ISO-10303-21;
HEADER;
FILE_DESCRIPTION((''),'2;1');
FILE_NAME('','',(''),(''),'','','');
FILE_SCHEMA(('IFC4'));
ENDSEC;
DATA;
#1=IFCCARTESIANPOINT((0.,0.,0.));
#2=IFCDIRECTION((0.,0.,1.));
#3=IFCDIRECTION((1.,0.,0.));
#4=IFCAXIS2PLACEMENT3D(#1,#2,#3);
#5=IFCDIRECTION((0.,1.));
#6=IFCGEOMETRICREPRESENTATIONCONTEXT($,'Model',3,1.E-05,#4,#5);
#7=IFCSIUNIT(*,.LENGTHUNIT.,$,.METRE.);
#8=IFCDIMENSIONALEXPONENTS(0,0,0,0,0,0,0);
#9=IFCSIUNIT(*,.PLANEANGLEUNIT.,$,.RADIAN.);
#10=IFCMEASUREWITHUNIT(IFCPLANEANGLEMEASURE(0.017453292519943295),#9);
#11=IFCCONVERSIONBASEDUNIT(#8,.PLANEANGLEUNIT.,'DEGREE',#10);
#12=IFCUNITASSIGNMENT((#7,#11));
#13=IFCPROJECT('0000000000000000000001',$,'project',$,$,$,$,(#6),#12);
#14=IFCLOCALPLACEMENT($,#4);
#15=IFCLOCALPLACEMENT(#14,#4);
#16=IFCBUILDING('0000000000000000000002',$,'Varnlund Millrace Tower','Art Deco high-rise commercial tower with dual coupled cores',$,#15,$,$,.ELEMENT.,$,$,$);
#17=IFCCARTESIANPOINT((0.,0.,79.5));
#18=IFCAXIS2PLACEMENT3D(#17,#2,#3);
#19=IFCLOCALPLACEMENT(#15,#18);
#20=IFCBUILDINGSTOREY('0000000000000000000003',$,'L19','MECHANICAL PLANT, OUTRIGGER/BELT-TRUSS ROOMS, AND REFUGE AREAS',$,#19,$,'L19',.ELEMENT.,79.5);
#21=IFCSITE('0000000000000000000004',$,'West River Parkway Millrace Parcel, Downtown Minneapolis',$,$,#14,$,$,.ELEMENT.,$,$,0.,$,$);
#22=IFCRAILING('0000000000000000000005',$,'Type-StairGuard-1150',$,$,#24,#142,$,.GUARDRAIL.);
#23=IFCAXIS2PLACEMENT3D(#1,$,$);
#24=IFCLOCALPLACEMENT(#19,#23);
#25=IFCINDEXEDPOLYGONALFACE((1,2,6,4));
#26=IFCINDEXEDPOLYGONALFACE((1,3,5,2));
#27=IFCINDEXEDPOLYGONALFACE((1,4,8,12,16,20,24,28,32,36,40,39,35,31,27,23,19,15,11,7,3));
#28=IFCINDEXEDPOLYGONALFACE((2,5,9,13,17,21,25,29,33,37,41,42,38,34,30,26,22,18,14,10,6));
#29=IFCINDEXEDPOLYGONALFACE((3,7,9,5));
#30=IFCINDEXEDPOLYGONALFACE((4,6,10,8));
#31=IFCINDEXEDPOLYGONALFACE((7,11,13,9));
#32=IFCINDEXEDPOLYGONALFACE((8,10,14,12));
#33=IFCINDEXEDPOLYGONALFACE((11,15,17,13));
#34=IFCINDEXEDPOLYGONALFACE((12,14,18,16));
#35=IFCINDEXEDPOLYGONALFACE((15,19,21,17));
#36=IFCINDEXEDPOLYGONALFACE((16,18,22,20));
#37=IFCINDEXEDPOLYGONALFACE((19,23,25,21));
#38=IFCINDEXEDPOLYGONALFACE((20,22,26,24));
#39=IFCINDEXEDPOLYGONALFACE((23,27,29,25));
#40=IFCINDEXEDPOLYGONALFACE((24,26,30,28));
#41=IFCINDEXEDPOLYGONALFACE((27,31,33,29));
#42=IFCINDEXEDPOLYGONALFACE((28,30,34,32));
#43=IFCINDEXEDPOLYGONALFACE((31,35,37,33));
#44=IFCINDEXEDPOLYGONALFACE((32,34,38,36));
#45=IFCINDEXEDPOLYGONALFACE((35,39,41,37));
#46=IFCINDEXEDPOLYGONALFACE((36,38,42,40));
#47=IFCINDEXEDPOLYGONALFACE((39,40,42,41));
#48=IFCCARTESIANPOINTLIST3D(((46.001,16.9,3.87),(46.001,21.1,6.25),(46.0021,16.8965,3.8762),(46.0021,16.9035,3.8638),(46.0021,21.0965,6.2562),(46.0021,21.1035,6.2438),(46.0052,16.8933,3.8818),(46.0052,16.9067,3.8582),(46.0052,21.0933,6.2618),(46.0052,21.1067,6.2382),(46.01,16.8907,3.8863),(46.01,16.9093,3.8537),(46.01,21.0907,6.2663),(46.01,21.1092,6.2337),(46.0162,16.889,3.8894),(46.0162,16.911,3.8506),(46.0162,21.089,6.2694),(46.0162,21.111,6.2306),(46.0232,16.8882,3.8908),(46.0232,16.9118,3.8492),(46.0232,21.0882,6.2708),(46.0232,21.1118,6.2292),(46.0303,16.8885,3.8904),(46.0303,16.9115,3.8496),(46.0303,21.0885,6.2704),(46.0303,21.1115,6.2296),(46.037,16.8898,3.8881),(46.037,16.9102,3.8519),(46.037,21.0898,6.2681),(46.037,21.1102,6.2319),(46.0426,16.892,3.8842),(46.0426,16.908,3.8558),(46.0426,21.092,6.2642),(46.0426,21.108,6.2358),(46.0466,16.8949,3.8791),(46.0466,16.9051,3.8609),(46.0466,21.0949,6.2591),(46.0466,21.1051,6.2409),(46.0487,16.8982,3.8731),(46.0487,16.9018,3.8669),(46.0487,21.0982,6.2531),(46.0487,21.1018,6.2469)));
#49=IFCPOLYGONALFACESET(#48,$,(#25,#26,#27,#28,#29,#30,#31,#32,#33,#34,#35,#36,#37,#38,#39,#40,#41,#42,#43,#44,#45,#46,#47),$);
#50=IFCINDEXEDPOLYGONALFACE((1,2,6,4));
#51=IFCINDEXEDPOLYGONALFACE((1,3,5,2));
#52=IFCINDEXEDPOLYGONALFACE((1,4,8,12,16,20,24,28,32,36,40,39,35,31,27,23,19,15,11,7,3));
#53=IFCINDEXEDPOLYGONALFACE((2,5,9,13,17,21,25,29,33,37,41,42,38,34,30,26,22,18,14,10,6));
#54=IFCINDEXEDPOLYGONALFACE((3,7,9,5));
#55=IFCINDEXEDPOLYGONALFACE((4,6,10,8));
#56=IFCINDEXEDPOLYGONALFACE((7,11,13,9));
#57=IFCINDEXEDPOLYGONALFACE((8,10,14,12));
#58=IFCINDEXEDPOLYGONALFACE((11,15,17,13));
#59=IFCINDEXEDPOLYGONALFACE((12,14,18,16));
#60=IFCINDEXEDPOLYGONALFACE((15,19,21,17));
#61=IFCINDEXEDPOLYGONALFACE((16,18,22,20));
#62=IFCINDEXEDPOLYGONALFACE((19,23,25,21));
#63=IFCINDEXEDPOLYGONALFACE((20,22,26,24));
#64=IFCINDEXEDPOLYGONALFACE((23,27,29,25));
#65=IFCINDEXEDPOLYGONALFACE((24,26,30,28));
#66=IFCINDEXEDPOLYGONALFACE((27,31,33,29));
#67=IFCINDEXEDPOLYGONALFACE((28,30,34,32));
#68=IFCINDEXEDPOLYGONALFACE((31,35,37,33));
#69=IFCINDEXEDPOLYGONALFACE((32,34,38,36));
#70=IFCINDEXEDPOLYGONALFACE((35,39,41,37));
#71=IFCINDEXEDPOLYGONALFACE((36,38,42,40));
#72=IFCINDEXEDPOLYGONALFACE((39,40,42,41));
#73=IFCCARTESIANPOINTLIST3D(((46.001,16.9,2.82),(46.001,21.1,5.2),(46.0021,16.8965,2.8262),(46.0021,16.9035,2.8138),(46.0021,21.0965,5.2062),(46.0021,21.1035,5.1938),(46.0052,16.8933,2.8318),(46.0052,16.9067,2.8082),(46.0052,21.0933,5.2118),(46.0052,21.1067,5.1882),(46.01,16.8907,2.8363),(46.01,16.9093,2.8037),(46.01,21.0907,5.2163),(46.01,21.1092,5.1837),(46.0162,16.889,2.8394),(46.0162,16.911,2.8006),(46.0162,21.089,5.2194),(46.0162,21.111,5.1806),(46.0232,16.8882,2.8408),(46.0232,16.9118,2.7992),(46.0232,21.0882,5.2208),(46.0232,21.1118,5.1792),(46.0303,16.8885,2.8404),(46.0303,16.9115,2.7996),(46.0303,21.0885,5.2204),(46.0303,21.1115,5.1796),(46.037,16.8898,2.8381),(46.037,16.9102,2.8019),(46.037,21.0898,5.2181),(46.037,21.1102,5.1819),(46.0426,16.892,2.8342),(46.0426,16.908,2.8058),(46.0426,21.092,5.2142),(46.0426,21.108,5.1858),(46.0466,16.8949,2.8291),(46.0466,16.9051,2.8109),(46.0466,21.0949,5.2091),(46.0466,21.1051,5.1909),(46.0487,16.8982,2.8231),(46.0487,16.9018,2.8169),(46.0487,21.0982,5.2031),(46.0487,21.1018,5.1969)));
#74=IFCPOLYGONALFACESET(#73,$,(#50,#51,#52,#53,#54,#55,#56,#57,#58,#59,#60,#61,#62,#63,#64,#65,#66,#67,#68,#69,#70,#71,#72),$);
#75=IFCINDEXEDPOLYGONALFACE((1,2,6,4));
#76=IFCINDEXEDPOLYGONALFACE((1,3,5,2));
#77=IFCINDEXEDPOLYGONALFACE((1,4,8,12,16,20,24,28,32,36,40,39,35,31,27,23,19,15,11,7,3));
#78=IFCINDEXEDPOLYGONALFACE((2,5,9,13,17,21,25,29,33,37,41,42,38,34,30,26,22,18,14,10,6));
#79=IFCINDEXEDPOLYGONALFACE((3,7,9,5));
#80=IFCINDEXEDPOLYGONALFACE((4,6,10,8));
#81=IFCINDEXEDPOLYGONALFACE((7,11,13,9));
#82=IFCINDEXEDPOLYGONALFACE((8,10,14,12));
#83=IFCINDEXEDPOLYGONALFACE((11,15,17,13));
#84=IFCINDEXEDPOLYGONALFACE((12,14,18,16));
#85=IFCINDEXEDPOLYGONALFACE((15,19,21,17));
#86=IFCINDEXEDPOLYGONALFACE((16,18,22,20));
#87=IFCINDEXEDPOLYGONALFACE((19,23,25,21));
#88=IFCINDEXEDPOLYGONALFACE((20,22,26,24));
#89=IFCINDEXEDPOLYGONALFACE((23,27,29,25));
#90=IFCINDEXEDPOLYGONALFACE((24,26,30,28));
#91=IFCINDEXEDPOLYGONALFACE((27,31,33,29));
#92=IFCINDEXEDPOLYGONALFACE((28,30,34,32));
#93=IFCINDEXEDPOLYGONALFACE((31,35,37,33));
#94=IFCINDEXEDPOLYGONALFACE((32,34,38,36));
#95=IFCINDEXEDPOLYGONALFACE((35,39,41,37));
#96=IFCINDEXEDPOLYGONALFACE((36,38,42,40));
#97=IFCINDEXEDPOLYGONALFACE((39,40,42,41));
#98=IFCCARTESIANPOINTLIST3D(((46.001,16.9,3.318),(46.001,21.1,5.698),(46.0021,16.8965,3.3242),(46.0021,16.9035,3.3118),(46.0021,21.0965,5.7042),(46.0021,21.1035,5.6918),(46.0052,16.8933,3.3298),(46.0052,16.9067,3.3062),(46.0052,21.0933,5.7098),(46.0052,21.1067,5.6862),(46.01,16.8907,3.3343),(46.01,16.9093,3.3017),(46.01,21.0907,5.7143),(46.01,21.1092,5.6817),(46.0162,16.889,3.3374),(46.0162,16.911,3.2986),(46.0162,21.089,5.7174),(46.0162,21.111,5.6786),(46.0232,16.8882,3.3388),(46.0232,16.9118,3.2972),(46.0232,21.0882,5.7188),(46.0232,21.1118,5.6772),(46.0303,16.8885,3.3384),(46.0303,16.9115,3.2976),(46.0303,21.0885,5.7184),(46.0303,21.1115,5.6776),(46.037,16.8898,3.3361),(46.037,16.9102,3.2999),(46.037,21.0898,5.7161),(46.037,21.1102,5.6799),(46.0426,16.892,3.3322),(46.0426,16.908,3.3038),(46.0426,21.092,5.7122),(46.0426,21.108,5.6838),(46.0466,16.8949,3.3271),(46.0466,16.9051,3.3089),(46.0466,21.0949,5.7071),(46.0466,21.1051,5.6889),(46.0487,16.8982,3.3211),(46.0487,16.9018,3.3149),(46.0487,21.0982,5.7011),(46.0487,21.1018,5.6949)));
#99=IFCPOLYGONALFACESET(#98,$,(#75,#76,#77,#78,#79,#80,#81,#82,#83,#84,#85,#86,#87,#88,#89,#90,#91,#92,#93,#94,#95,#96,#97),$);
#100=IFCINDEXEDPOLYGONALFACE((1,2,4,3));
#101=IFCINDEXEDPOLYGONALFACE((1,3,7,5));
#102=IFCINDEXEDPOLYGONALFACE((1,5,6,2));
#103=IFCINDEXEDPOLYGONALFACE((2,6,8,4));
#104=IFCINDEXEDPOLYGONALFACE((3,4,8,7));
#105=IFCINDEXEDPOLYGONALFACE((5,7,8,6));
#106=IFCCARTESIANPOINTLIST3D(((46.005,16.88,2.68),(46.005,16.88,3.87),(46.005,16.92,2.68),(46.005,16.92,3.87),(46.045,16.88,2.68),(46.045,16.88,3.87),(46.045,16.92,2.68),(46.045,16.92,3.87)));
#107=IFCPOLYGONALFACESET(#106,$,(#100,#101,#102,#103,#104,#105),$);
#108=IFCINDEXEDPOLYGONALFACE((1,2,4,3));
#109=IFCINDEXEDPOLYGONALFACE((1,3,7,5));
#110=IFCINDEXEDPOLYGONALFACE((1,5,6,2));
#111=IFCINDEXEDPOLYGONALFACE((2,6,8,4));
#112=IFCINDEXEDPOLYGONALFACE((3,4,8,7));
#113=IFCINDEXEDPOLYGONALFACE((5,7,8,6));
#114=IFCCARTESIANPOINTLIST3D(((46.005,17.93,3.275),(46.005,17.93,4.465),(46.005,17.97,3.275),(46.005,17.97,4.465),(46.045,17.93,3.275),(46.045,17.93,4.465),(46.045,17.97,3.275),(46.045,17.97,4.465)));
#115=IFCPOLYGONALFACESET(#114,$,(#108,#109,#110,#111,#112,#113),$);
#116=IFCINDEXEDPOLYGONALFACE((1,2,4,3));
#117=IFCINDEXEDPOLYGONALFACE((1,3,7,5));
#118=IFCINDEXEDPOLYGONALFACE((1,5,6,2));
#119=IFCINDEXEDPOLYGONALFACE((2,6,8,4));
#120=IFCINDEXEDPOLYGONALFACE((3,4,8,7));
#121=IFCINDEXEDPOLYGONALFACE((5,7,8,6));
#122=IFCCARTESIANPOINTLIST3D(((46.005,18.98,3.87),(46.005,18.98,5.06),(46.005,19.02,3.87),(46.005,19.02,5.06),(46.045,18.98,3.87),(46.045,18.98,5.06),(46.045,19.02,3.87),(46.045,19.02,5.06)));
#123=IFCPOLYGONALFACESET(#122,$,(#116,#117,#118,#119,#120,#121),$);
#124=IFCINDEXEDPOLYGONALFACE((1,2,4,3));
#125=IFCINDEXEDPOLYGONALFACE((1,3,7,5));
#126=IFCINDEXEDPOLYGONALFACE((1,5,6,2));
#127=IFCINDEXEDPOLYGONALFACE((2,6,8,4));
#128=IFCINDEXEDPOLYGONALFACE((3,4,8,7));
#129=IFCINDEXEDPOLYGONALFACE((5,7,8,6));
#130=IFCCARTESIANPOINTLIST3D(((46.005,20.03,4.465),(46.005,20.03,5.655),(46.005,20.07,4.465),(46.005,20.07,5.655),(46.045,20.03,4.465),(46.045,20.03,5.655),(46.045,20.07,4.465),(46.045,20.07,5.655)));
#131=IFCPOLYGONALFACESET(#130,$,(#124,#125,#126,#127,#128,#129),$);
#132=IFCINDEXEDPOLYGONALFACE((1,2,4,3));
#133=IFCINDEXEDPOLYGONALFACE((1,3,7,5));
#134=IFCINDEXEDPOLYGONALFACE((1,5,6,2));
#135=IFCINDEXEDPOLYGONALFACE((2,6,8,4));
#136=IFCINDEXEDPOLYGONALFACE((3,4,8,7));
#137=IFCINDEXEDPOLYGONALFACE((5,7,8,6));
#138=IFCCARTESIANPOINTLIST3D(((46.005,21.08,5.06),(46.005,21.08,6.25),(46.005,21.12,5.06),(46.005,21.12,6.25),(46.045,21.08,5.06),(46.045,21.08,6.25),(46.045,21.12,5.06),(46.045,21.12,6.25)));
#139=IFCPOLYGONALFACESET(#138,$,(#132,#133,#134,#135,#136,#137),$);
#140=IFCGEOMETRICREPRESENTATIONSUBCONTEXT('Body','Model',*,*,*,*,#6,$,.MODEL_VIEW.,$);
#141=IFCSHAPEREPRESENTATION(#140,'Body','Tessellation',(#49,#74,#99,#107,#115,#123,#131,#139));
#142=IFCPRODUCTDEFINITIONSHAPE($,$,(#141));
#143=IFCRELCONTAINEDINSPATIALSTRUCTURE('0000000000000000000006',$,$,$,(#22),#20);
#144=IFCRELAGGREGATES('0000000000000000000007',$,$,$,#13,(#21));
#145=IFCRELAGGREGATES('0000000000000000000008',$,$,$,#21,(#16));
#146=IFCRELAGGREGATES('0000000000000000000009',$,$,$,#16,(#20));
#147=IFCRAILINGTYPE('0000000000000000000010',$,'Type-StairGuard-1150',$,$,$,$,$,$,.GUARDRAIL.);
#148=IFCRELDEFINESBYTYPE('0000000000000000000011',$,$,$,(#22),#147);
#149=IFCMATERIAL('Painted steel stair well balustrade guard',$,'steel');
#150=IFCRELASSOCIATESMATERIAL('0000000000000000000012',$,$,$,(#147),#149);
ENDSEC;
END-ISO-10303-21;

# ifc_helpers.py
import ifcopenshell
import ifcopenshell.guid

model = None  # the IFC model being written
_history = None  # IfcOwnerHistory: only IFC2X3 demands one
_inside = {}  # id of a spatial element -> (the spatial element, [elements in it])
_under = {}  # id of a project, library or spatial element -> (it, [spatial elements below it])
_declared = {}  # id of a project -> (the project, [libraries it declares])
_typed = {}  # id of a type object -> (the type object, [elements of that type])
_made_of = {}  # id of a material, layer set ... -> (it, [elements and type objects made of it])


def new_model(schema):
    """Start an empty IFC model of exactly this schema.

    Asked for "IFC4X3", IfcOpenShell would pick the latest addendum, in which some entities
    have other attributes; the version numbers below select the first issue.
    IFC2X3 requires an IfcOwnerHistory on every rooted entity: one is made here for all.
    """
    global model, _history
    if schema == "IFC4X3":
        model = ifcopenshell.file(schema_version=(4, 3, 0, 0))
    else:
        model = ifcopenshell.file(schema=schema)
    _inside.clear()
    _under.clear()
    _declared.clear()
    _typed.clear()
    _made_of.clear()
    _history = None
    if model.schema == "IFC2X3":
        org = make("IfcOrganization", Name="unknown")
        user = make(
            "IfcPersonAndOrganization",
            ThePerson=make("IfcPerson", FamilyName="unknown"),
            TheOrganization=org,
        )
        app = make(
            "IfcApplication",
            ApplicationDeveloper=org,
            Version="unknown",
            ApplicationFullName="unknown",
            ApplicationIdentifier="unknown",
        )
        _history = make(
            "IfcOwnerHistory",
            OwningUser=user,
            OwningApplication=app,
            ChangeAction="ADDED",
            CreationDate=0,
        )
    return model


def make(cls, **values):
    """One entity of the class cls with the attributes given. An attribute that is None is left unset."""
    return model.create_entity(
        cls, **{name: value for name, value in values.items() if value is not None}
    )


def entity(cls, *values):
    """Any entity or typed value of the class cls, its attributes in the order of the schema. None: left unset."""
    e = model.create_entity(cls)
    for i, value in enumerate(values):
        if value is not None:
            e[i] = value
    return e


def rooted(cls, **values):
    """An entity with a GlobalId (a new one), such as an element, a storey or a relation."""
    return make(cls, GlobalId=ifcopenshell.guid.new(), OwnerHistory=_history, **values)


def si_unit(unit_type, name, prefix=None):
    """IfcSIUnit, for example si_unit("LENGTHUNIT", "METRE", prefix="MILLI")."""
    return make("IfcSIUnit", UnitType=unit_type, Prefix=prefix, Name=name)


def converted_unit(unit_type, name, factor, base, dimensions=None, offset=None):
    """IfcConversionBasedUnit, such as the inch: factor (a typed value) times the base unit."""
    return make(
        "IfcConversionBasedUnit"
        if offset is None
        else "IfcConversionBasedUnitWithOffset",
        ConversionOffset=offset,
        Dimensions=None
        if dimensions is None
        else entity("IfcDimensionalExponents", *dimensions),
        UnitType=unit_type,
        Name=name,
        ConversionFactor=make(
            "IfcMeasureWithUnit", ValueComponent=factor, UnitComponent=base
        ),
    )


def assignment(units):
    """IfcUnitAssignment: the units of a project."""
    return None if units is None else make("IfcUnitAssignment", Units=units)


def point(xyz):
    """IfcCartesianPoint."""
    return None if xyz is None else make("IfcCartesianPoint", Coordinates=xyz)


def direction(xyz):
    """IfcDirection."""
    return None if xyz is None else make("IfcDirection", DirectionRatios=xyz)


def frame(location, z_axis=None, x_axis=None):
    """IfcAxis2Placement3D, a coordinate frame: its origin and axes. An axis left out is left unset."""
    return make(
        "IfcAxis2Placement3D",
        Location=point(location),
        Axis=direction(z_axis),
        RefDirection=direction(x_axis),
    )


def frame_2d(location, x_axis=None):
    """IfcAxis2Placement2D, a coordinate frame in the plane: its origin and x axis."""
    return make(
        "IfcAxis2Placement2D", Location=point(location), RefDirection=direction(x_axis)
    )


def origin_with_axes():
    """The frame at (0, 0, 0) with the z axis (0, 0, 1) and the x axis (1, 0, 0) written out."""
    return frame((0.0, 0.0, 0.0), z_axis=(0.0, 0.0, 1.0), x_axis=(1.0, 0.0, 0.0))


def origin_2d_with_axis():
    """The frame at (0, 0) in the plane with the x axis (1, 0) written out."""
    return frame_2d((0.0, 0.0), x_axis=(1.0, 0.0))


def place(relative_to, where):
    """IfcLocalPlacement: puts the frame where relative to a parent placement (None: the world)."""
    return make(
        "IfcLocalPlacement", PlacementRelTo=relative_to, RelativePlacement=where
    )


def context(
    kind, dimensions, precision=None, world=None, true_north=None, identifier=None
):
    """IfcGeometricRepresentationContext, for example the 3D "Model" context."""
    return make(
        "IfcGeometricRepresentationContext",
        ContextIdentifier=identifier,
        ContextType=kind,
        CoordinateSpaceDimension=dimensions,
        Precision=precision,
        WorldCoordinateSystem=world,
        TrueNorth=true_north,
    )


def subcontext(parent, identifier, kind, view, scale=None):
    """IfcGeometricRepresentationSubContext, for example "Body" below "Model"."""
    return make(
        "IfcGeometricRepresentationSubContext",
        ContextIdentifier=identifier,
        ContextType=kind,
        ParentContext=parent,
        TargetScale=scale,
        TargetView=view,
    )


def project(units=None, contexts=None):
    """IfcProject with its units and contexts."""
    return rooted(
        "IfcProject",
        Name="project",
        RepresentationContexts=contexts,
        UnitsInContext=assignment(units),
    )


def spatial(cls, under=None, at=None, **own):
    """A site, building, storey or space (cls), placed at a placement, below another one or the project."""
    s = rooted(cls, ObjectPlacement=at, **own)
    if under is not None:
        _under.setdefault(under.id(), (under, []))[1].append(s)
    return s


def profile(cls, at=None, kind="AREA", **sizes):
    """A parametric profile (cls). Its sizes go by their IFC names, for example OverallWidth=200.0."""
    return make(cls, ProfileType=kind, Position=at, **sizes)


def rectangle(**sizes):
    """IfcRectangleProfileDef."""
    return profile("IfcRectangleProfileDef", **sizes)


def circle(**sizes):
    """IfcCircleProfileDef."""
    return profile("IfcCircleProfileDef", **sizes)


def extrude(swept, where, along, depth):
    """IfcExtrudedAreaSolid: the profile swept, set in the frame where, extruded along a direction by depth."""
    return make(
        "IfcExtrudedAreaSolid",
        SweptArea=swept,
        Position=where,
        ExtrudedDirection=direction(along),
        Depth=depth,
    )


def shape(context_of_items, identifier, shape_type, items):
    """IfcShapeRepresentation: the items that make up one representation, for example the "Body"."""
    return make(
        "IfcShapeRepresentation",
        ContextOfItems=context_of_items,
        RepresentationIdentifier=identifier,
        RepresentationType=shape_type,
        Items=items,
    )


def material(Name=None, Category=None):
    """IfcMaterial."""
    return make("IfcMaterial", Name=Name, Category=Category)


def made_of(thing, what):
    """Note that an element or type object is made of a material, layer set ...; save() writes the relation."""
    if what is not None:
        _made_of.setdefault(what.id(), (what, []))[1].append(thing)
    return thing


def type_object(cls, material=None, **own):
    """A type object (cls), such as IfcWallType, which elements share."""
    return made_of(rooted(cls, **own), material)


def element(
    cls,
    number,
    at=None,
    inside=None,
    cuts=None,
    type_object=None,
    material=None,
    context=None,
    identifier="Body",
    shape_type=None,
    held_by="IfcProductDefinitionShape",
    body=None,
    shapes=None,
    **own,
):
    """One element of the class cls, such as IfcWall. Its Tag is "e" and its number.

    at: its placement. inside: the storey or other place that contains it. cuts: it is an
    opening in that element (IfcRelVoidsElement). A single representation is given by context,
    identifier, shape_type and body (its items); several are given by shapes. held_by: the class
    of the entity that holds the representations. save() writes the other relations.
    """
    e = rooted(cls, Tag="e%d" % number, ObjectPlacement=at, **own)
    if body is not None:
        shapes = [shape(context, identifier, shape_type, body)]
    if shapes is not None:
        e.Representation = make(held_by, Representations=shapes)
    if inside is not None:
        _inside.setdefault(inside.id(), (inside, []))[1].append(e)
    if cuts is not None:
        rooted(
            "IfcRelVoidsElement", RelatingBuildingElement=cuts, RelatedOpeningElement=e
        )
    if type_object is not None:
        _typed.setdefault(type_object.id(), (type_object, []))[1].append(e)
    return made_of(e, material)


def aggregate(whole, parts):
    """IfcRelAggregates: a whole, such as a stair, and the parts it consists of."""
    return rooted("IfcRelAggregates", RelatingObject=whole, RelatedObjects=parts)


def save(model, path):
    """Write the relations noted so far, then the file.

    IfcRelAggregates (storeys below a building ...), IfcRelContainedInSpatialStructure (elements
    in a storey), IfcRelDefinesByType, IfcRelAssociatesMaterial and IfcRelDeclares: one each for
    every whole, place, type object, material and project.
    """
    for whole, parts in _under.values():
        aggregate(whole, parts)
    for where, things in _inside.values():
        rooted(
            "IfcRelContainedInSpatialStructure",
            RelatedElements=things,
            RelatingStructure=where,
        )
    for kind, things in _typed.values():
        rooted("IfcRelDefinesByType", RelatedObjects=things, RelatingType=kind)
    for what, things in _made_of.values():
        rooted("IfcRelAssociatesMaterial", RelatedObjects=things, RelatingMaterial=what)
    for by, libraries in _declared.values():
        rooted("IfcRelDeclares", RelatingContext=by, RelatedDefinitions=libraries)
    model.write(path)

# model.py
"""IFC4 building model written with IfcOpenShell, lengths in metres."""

from ifc_helpers import new_model, entity, si_unit, converted_unit, direction, frame, origin_with_axes, origin_2d_with_axis, place, context, subcontext, project, spatial, rectangle, circle, extrude, material, type_object, element, save


model = new_model("IFC4")

# Units and contexts
model_context = context("Model", 3, precision=1e-05, world=origin_with_axes(), true_north=direction((0.0, 1.0)))
body_context = subcontext(model_context, "Body", "Model", "MODEL_VIEW")
ifc_project = project(units=[si_unit("LENGTHUNIT", "METRE"), converted_unit("PLANEANGLEUNIT", "DEGREE", entity("IfcPlaneAngleMeasure", 0.017453292519943295), si_unit("PLANEANGLEUNIT", "RADIAN"), dimensions=[0, 0, 0, 0, 0, 0, 0])], contexts=[model_context])

# Site, building, storey
site_placement = place(None, origin_with_axes())
site = spatial("IfcSite", under=ifc_project, at=site_placement, Name="West River Parkway Millrace Parcel, Downtown Minneapolis", CompositionType="ELEMENT", RefElevation=0.0)
building_placement = place(site_placement, origin_with_axes())
building = spatial("IfcBuilding", under=site, at=building_placement, Name="Varnlund Millrace Tower", Description="Art Deco high-rise commercial tower with dual coupled cores", CompositionType="ELEMENT")
storey_placement = place(building_placement, frame((0.0, 0.0, 79.5), z_axis=(0.0, 0.0, 1.0), x_axis=(1.0, 0.0, 0.0)))
storey = spatial("IfcBuildingStorey", under=building, at=storey_placement, Name="L19", Description="MECHANICAL PLANT, OUTRIGGER/BELT-TRUSS ROOMS, AND REFUGE AREAS", LongName="L19", CompositionType="ELEMENT", Elevation=79.5)

# Railing
ifc_material_1 = material(Name="Painted steel stair well balustrade guard", Category="steel")
railing_type_1 = type_object("IfcRailingType", Name="Type-StairGuard-1150", PredefinedType="GUARDRAIL", material=ifc_material_1)
railing_1_placement = place(storey_placement, frame((0.0, 0.0, -79.5), z_axis=(0.0, 0.0, 1.0), x_axis=(1.0, 0.0, 0.0)))
element("IfcRailing", 1, at=railing_1_placement, inside=storey, type_object=railing_type_1, Name="Type-StairGuard-1150", PredefinedType="GUARDRAIL", context=body_context, shape_type="SweptSolid", body=[
    extrude(circle(Radius=0.024, at=origin_2d_with_axis()), frame((46.025, 16.9, 83.37), z_axis=(0.0, 0.870022, 0.493013), x_axis=(-1.0, 0.0, 0.0)), (0.0, 0.0, 1.0), 4.8275),
    extrude(circle(Radius=0.024, at=origin_2d_with_axis()), frame((46.025, 16.9, 82.32), z_axis=(0.0, 0.870022, 0.493013), x_axis=(-1.0, 0.0, 0.0)), (0.0, 0.0, 1.0), 4.8275),
    extrude(circle(Radius=0.024, at=origin_2d_with_axis()), frame((46.025, 16.9, 82.818), z_axis=(0.0, 0.870022, 0.493013), x_axis=(-1.0, 0.0, 0.0)), (0.0, 0.0, 1.0), 4.8275),
    extrude(rectangle(XDim=0.04, YDim=0.04, at=origin_2d_with_axis()), frame((46.025, 16.9, 82.18), z_axis=(0.0, 0.0, 1.0), x_axis=(1.0, 0.0, 0.0)), (0.0, 0.0, 1.0), 1.19),
    extrude(rectangle(XDim=0.04, YDim=0.04, at=origin_2d_with_axis()), frame((46.025, 17.95, 82.775), z_axis=(0.0, 0.0, 1.0), x_axis=(1.0, 0.0, 0.0)), (0.0, 0.0, 1.0), 1.19),
    extrude(rectangle(XDim=0.04, YDim=0.04, at=origin_2d_with_axis()), frame((46.025, 19.0, 83.37), z_axis=(0.0, 0.0, 1.0), x_axis=(1.0, 0.0, 0.0)), (0.0, 0.0, 1.0), 1.19),
    extrude(rectangle(XDim=0.04, YDim=0.04, at=origin_2d_with_axis()), frame((46.025, 20.05, 83.965), z_axis=(0.0, 0.0, 1.0), x_axis=(1.0, 0.0, 0.0)), (0.0, 0.0, 1.0), 1.19),
    extrude(rectangle(XDim=0.04, YDim=0.04, at=origin_2d_with_axis()), frame((46.025, 21.1, 84.56), z_axis=(0.0, 0.0, 1.0), x_axis=(1.0, 0.0, 0.0)), (0.0, 0.0, 1.0), 1.19),
])

save(model, "model.ifc")
